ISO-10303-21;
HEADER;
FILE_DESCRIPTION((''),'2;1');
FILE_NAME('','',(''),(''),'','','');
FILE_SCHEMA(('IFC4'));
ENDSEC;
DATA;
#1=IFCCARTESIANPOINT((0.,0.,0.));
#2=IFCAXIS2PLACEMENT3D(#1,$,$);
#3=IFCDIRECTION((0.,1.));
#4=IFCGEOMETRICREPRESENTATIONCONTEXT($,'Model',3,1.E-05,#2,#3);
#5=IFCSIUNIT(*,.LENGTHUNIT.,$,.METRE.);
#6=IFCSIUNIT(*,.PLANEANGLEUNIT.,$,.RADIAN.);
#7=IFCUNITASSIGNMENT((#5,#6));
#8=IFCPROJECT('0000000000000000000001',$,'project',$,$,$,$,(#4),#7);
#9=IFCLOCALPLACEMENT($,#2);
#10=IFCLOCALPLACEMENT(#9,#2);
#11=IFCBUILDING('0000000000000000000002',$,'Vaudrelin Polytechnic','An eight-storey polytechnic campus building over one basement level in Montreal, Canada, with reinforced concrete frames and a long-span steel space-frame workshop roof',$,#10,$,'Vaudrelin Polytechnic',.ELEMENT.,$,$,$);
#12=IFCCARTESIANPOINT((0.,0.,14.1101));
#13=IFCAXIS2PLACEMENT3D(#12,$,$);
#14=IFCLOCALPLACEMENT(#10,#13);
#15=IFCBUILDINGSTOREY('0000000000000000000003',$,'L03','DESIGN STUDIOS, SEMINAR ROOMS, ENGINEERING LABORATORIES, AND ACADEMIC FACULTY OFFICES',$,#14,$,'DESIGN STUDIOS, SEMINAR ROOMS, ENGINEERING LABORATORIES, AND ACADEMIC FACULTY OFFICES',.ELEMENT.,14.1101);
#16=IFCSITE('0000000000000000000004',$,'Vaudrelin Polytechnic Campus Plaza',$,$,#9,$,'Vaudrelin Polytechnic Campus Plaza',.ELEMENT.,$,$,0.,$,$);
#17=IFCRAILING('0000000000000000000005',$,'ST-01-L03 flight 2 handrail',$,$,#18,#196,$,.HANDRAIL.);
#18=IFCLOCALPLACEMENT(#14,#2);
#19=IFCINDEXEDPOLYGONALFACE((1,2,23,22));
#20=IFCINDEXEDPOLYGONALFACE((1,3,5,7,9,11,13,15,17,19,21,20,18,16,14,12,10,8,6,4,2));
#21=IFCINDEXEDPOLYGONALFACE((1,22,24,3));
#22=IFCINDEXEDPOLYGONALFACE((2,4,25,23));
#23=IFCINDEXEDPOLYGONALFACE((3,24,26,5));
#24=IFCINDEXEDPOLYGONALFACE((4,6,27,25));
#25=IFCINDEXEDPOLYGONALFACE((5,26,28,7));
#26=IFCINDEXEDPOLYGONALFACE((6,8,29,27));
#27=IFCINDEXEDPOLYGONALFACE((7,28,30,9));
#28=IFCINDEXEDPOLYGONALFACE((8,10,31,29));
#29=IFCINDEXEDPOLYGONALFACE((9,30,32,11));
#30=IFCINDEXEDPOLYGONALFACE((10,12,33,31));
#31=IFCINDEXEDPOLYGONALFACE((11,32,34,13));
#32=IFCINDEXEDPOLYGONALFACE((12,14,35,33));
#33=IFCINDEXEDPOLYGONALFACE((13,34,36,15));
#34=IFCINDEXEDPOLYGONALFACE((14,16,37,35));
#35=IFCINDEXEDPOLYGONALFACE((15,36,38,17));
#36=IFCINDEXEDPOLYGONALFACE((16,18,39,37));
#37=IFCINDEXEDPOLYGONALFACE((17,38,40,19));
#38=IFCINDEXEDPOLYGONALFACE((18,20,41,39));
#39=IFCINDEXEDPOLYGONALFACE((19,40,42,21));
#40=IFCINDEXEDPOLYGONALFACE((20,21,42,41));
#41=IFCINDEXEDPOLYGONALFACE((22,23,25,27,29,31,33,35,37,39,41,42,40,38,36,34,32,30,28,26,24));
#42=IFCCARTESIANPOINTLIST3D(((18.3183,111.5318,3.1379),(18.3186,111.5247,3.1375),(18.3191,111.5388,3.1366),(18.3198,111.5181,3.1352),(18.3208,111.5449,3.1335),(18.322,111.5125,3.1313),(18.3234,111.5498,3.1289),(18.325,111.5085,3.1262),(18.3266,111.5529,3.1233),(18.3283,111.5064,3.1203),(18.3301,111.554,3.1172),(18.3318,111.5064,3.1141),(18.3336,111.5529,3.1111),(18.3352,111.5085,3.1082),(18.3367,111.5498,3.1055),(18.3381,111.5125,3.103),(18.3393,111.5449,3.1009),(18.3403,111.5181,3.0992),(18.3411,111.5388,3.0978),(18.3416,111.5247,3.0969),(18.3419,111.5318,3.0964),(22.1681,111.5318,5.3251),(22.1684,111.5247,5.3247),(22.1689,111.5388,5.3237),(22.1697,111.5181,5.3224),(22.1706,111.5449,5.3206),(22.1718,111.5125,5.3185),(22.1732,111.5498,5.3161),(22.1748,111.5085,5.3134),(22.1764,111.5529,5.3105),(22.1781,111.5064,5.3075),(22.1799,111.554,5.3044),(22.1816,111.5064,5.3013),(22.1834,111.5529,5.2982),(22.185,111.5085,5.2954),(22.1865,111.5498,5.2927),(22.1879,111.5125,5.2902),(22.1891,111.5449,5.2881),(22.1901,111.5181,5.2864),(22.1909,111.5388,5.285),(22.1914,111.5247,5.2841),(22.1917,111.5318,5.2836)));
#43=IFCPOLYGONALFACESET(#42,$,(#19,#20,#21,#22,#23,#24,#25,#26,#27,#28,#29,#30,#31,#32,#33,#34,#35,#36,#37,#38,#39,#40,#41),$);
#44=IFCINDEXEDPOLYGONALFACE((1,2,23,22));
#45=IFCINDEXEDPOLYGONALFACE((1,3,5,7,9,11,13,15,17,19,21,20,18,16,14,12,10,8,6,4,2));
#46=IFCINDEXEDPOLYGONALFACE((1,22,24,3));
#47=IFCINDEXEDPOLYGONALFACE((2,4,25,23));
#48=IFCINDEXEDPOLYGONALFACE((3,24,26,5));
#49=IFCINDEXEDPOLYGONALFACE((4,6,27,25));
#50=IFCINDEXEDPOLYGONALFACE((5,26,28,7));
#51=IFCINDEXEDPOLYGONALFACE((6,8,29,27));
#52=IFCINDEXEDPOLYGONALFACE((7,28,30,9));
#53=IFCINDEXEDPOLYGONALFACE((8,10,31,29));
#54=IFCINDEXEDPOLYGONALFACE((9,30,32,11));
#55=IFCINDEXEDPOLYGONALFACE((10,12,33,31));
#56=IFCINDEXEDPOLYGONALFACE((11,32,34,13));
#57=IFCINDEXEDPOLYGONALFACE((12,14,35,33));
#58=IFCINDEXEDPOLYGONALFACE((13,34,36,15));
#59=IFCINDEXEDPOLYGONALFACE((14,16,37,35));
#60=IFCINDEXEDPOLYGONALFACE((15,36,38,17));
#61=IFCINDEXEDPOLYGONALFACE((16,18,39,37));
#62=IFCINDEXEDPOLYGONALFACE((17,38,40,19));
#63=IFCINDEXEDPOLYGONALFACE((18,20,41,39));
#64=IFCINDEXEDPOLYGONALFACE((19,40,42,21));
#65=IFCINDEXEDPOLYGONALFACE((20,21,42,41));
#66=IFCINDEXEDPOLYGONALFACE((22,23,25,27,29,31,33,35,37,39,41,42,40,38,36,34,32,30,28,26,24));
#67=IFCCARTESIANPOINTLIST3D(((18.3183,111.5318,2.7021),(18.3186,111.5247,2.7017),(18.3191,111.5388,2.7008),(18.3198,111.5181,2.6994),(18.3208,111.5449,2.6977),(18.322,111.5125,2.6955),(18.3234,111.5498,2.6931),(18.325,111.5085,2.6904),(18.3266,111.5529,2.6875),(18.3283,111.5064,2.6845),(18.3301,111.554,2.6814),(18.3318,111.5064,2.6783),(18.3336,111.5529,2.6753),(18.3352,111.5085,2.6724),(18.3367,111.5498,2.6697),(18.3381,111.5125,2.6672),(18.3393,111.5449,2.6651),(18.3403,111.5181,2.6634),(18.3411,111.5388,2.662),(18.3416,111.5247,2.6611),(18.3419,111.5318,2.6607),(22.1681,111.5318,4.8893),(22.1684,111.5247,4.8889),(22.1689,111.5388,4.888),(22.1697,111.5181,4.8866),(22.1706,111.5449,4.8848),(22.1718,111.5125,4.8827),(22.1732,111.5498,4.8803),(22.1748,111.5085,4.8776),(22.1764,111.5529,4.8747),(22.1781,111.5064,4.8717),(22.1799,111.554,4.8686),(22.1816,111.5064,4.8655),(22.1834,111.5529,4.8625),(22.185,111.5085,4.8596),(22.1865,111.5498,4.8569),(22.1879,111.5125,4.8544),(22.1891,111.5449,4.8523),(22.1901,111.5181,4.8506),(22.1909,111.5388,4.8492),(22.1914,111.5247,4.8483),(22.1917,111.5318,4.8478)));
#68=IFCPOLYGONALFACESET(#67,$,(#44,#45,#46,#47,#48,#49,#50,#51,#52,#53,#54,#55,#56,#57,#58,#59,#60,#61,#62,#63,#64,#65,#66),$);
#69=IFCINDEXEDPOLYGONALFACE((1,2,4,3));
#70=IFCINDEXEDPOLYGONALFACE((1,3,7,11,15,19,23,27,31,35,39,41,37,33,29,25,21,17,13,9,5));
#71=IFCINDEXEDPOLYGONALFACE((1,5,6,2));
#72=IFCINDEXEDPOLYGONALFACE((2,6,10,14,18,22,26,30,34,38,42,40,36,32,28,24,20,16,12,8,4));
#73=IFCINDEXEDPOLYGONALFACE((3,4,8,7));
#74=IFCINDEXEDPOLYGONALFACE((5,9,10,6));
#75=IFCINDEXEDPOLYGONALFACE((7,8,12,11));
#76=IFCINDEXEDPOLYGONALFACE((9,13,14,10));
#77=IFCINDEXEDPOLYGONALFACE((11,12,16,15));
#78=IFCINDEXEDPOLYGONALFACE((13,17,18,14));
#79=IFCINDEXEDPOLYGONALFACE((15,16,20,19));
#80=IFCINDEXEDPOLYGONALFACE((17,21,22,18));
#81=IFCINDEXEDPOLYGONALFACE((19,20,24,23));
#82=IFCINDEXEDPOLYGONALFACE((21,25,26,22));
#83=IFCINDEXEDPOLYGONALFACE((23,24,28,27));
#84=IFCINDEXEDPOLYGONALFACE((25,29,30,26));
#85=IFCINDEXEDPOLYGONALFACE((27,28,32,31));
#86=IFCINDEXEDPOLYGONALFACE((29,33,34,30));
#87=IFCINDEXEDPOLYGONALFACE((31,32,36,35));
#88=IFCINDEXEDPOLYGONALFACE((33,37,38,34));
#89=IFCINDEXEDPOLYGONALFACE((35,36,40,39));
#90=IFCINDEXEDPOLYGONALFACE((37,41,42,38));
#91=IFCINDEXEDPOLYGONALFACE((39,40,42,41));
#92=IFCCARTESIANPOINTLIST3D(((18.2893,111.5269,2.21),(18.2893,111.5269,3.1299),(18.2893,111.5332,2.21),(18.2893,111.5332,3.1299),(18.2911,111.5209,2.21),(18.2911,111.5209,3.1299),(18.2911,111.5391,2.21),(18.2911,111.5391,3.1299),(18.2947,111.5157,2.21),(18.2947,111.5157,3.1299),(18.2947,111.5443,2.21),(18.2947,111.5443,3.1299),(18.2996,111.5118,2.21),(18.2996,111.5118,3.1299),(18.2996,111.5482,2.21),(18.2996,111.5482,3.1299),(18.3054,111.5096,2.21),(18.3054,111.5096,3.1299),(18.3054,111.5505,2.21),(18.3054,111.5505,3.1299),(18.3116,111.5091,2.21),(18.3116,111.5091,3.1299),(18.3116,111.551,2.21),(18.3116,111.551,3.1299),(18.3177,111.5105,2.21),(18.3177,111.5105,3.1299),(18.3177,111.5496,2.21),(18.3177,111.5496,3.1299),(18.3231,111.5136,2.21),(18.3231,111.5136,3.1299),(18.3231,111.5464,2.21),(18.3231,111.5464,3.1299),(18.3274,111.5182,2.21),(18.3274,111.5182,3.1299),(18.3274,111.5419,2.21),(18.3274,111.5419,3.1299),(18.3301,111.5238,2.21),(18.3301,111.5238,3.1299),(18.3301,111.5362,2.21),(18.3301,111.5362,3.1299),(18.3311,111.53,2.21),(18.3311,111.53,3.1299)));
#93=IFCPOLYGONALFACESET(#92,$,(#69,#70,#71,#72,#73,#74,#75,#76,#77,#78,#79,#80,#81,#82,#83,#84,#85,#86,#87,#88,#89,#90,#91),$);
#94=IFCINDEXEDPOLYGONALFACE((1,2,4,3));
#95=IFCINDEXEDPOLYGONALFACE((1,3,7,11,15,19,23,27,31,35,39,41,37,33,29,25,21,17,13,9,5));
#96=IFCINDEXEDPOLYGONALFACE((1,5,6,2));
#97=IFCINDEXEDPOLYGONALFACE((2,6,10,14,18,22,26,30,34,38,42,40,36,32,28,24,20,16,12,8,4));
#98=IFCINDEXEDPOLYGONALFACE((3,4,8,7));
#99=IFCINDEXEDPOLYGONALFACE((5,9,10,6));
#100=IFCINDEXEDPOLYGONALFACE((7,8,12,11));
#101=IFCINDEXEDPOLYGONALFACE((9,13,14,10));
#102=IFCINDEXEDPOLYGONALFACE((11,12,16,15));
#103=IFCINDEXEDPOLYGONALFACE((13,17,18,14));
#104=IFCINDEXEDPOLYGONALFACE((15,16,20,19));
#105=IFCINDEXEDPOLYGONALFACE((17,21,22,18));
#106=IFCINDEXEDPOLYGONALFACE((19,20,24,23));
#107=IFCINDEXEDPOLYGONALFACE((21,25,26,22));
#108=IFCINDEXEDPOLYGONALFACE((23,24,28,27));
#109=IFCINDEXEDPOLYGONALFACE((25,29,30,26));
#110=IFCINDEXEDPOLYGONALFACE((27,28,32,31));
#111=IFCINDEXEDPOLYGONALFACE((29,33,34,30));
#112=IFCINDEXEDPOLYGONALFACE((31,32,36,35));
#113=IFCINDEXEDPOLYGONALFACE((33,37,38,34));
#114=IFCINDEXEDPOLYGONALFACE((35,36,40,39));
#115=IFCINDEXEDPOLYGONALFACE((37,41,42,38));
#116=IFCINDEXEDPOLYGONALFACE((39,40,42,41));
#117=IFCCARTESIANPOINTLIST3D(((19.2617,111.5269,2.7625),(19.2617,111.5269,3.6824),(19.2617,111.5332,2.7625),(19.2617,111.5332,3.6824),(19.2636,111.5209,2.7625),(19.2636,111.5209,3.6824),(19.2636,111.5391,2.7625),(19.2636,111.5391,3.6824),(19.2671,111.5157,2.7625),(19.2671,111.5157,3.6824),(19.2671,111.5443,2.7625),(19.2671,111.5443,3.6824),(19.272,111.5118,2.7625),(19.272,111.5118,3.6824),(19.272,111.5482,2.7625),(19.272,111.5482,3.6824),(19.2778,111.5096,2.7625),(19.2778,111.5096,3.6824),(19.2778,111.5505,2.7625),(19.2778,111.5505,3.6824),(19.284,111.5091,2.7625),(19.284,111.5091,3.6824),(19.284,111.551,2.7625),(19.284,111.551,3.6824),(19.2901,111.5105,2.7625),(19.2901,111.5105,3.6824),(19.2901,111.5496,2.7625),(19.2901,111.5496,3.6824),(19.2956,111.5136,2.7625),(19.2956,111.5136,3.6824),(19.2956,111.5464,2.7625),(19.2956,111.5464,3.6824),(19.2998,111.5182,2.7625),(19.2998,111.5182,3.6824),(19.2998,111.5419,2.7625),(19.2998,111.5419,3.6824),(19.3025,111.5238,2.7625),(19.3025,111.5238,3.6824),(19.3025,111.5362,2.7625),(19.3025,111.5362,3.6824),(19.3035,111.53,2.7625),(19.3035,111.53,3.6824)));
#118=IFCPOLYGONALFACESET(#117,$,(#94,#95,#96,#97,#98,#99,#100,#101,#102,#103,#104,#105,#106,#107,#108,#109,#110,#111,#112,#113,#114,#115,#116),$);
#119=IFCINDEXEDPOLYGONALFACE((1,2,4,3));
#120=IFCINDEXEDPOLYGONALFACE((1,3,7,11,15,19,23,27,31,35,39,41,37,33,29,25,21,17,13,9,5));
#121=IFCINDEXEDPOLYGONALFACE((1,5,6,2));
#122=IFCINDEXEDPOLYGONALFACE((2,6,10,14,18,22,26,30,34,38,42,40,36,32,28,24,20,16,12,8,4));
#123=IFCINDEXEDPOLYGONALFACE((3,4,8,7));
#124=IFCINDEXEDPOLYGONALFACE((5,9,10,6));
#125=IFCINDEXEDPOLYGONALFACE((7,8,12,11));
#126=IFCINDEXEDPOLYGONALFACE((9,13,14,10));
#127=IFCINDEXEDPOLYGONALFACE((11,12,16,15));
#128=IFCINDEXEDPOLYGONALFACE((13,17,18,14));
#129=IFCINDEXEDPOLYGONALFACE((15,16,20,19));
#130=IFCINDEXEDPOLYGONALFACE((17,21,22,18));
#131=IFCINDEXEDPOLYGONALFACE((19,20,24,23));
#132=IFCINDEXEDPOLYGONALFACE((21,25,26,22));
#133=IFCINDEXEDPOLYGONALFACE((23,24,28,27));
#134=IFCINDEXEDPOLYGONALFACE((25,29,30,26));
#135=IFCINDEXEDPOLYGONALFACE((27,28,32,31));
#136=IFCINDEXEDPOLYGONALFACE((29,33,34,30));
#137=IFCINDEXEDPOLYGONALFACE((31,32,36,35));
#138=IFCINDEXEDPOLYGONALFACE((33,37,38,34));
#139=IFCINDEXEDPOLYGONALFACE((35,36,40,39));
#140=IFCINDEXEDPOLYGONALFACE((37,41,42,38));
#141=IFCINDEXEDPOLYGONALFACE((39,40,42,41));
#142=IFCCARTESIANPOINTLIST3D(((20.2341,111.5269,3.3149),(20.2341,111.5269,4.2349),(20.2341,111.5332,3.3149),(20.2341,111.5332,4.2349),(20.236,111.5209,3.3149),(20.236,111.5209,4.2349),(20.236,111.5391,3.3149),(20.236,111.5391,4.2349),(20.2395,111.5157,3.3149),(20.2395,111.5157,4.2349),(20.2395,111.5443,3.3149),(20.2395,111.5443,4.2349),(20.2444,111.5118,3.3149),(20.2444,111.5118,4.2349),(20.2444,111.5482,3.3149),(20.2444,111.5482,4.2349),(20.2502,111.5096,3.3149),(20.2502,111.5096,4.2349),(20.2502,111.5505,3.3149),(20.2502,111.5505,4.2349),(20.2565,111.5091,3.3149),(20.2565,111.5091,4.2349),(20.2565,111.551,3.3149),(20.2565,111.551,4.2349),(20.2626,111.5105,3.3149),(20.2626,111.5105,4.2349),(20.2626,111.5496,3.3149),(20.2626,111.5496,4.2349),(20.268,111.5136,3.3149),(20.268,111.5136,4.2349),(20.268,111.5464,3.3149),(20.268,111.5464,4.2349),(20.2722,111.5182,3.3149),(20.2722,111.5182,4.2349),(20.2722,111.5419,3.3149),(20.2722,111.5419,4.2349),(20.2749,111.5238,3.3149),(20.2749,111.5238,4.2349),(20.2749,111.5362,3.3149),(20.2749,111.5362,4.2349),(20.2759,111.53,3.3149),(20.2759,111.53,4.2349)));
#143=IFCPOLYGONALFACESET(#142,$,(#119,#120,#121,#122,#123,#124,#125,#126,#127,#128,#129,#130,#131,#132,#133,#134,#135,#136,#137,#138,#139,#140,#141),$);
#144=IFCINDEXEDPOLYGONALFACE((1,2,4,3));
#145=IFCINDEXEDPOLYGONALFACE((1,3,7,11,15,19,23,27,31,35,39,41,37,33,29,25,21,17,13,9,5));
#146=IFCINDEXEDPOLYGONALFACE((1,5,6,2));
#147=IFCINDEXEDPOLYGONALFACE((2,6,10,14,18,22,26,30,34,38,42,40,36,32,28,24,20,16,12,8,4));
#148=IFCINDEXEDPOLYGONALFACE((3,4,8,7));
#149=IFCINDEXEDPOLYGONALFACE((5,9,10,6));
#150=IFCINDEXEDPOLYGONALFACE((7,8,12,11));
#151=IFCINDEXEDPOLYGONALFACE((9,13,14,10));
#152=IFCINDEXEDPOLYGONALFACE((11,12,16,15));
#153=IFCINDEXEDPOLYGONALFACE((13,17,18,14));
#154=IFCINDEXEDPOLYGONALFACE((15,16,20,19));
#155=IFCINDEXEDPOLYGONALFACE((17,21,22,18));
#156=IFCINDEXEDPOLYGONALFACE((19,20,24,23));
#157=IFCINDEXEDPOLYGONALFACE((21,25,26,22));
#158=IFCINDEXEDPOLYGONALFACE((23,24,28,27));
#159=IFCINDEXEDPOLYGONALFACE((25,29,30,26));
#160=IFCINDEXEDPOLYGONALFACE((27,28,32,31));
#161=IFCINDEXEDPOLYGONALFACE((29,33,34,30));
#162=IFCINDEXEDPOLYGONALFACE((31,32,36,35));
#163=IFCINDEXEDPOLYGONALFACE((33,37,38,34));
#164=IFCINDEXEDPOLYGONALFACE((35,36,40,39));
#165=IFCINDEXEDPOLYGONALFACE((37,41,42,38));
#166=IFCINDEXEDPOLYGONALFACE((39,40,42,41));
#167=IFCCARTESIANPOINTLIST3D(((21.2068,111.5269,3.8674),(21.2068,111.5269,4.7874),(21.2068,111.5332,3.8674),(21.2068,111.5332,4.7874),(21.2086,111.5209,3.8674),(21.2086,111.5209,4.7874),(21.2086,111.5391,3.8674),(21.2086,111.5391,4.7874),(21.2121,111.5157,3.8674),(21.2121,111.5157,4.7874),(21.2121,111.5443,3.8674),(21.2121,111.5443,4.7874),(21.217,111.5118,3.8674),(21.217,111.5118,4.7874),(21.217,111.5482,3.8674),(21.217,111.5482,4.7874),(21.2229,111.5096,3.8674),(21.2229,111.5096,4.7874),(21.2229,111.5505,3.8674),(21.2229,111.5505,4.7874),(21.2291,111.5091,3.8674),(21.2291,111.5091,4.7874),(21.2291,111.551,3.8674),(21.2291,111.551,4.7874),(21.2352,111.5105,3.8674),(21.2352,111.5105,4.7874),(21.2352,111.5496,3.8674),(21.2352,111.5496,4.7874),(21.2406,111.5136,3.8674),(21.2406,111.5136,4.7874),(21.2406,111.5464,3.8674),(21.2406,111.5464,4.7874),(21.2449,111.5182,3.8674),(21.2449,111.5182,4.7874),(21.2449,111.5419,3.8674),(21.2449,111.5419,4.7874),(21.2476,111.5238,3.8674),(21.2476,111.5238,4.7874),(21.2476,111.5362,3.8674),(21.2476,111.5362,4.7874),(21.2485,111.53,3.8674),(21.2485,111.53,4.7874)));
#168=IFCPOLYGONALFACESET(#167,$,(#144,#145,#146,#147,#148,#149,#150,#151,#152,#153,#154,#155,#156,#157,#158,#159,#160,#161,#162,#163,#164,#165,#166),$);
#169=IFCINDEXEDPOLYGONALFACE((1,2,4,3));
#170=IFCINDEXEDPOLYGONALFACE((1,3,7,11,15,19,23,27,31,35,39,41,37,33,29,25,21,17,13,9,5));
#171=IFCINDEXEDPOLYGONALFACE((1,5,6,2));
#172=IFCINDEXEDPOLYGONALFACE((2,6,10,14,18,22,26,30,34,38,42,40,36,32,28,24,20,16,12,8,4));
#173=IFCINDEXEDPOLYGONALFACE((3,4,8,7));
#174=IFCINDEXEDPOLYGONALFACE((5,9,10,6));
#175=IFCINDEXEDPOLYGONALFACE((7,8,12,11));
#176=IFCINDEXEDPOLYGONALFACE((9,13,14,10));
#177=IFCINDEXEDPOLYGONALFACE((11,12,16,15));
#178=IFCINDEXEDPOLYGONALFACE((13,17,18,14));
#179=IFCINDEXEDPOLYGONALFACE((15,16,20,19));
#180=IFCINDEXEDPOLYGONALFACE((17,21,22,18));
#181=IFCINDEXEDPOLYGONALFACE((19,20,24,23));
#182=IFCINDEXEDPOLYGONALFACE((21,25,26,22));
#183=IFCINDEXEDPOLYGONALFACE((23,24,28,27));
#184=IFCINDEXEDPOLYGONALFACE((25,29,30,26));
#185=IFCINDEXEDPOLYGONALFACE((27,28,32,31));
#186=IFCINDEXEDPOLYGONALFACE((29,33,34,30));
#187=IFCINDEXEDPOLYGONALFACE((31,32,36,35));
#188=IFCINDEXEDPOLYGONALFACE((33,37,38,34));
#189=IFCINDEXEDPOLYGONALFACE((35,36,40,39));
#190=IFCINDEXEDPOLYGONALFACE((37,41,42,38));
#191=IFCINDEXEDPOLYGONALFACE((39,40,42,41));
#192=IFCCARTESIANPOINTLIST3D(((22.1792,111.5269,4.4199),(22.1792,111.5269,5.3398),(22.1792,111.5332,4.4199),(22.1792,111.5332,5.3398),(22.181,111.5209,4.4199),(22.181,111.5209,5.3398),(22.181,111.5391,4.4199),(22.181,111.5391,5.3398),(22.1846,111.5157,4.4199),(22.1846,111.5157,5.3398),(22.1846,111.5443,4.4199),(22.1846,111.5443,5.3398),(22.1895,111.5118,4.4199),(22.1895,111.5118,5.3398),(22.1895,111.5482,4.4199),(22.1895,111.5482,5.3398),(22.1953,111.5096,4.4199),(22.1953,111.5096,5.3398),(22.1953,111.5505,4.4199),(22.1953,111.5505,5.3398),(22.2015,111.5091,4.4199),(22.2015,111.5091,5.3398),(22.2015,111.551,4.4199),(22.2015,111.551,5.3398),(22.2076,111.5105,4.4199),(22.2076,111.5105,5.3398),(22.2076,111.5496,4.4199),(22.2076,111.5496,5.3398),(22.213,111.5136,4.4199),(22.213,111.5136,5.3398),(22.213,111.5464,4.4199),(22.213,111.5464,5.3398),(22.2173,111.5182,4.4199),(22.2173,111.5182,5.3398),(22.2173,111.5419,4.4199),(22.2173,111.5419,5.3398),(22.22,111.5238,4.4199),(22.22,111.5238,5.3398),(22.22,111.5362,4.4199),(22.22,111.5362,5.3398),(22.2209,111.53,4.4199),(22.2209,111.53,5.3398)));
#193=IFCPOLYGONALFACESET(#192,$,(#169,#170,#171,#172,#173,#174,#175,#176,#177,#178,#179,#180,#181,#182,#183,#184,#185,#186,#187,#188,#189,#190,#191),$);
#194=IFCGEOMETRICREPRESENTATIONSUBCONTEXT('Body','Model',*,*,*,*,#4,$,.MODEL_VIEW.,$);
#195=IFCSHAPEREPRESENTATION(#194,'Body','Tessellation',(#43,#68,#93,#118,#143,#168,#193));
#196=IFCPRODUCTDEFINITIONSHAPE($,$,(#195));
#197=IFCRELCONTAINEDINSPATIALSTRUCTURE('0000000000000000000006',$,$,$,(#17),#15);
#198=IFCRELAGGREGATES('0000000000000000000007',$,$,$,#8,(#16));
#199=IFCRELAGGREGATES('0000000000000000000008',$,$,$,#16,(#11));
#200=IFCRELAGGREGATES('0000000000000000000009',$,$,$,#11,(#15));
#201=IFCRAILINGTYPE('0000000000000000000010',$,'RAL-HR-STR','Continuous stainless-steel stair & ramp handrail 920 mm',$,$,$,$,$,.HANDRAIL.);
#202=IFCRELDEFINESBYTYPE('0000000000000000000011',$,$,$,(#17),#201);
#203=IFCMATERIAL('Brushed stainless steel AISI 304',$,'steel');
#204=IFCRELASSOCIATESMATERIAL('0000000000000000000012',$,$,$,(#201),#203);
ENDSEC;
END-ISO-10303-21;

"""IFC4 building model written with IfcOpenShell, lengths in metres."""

from ifc_helpers import new_model, si_unit, direction, frame, origin, origin_2d, place, context, subcontext, project, spatial, circle, extrude, material, type_object, element, save


model = new_model("IFC4")

# Units and contexts
model_context = context("Model", 3, precision=1e-05, world=origin(), true_north=direction((0.0, 1.0)))
body_context = subcontext(model_context, "Body", "Model", "MODEL_VIEW")
ifc_project = project(units=[si_unit("LENGTHUNIT", "METRE"), si_unit("PLANEANGLEUNIT", "RADIAN")], contexts=[model_context])

# Site, building, storey
site_placement = place(None, origin())
site = spatial("IfcSite", under=ifc_project, at=site_placement, Name="Vaudrelin Polytechnic Campus Plaza", LongName="Vaudrelin Polytechnic Campus Plaza", CompositionType="ELEMENT", RefElevation=0.0)
building_placement = place(site_placement, origin())
building = spatial("IfcBuilding", under=site, at=building_placement, Name="Vaudrelin Polytechnic", Description="An eight-storey polytechnic campus building over one basement level in Montreal, Canada, with reinforced concrete frames and a long-span steel space-frame workshop roof", LongName="Vaudrelin Polytechnic", CompositionType="ELEMENT")
storey_placement = place(building_placement, frame((0.0, 0.0, 14.1101)))
storey = spatial("IfcBuildingStorey", under=building, at=storey_placement, Name="L03", Description="DESIGN STUDIOS, SEMINAR ROOMS, ENGINEERING LABORATORIES, AND ACADEMIC FACULTY OFFICES", LongName="DESIGN STUDIOS, SEMINAR ROOMS, ENGINEERING LABORATORIES, AND ACADEMIC FACULTY OFFICES", CompositionType="ELEMENT", Elevation=14.1101)

# Railing
ifc_material_1 = material(Name="Brushed stainless steel AISI 304", Category="steel")
railing_type = type_object("IfcRailingType", Name="RAL-HR-STR", Description="Continuous stainless-steel stair & ramp handrail 920 mm", PredefinedType="HANDRAIL", material=ifc_material_1)
railing_placement = place(storey_placement, frame((18.3101, 111.53, 2.21)))
element("IfcRailing", 1, at=railing_placement, inside=storey, type_object=railing_type, Name="ST-01-L03 flight 2 handrail", PredefinedType="HANDRAIL", context=body_context, shape_type="SweptSolid", body=[
    extrude(circle(Radius=0.0239, at=origin_2d()), frame((0.02, 0.0, 0.9072), z_axis=(0.869476, 0.0, 0.493975), x_axis=(0.0, 1.0, 0.0)), (0.0, 0.0, 1.0), 4.4277),
    extrude(circle(Radius=0.0239, at=origin_2d()), frame((0.02, 0.0, 0.4714), z_axis=(0.869476, 0.0, 0.493975), x_axis=(0.0, 1.0, 0.0)), (0.0, 0.0, 1.0), 4.4277),
    extrude(circle(Radius=0.021, at=origin_2d()), origin(), (0.0, 0.0, 1.0), 0.9199),
    extrude(circle(Radius=0.021, at=origin_2d()), frame((0.9724, 0.0, 0.5525)), (0.0, 0.0, 1.0), 0.9199),
    extrude(circle(Radius=0.021, at=origin_2d()), frame((1.9448, 0.0, 1.105)), (0.0, 0.0, 1.0), 0.9199),
    extrude(circle(Radius=0.021, at=origin_2d()), frame((2.9175, 0.0, 1.6575)), (0.0, 0.0, 1.0), 0.9199),
    extrude(circle(Radius=0.021, at=origin_2d()), frame((3.8899, 0.0, 2.21)), (0.0, 0.0, 1.0), 0.9199),
])

save(model, "model.ifc")
